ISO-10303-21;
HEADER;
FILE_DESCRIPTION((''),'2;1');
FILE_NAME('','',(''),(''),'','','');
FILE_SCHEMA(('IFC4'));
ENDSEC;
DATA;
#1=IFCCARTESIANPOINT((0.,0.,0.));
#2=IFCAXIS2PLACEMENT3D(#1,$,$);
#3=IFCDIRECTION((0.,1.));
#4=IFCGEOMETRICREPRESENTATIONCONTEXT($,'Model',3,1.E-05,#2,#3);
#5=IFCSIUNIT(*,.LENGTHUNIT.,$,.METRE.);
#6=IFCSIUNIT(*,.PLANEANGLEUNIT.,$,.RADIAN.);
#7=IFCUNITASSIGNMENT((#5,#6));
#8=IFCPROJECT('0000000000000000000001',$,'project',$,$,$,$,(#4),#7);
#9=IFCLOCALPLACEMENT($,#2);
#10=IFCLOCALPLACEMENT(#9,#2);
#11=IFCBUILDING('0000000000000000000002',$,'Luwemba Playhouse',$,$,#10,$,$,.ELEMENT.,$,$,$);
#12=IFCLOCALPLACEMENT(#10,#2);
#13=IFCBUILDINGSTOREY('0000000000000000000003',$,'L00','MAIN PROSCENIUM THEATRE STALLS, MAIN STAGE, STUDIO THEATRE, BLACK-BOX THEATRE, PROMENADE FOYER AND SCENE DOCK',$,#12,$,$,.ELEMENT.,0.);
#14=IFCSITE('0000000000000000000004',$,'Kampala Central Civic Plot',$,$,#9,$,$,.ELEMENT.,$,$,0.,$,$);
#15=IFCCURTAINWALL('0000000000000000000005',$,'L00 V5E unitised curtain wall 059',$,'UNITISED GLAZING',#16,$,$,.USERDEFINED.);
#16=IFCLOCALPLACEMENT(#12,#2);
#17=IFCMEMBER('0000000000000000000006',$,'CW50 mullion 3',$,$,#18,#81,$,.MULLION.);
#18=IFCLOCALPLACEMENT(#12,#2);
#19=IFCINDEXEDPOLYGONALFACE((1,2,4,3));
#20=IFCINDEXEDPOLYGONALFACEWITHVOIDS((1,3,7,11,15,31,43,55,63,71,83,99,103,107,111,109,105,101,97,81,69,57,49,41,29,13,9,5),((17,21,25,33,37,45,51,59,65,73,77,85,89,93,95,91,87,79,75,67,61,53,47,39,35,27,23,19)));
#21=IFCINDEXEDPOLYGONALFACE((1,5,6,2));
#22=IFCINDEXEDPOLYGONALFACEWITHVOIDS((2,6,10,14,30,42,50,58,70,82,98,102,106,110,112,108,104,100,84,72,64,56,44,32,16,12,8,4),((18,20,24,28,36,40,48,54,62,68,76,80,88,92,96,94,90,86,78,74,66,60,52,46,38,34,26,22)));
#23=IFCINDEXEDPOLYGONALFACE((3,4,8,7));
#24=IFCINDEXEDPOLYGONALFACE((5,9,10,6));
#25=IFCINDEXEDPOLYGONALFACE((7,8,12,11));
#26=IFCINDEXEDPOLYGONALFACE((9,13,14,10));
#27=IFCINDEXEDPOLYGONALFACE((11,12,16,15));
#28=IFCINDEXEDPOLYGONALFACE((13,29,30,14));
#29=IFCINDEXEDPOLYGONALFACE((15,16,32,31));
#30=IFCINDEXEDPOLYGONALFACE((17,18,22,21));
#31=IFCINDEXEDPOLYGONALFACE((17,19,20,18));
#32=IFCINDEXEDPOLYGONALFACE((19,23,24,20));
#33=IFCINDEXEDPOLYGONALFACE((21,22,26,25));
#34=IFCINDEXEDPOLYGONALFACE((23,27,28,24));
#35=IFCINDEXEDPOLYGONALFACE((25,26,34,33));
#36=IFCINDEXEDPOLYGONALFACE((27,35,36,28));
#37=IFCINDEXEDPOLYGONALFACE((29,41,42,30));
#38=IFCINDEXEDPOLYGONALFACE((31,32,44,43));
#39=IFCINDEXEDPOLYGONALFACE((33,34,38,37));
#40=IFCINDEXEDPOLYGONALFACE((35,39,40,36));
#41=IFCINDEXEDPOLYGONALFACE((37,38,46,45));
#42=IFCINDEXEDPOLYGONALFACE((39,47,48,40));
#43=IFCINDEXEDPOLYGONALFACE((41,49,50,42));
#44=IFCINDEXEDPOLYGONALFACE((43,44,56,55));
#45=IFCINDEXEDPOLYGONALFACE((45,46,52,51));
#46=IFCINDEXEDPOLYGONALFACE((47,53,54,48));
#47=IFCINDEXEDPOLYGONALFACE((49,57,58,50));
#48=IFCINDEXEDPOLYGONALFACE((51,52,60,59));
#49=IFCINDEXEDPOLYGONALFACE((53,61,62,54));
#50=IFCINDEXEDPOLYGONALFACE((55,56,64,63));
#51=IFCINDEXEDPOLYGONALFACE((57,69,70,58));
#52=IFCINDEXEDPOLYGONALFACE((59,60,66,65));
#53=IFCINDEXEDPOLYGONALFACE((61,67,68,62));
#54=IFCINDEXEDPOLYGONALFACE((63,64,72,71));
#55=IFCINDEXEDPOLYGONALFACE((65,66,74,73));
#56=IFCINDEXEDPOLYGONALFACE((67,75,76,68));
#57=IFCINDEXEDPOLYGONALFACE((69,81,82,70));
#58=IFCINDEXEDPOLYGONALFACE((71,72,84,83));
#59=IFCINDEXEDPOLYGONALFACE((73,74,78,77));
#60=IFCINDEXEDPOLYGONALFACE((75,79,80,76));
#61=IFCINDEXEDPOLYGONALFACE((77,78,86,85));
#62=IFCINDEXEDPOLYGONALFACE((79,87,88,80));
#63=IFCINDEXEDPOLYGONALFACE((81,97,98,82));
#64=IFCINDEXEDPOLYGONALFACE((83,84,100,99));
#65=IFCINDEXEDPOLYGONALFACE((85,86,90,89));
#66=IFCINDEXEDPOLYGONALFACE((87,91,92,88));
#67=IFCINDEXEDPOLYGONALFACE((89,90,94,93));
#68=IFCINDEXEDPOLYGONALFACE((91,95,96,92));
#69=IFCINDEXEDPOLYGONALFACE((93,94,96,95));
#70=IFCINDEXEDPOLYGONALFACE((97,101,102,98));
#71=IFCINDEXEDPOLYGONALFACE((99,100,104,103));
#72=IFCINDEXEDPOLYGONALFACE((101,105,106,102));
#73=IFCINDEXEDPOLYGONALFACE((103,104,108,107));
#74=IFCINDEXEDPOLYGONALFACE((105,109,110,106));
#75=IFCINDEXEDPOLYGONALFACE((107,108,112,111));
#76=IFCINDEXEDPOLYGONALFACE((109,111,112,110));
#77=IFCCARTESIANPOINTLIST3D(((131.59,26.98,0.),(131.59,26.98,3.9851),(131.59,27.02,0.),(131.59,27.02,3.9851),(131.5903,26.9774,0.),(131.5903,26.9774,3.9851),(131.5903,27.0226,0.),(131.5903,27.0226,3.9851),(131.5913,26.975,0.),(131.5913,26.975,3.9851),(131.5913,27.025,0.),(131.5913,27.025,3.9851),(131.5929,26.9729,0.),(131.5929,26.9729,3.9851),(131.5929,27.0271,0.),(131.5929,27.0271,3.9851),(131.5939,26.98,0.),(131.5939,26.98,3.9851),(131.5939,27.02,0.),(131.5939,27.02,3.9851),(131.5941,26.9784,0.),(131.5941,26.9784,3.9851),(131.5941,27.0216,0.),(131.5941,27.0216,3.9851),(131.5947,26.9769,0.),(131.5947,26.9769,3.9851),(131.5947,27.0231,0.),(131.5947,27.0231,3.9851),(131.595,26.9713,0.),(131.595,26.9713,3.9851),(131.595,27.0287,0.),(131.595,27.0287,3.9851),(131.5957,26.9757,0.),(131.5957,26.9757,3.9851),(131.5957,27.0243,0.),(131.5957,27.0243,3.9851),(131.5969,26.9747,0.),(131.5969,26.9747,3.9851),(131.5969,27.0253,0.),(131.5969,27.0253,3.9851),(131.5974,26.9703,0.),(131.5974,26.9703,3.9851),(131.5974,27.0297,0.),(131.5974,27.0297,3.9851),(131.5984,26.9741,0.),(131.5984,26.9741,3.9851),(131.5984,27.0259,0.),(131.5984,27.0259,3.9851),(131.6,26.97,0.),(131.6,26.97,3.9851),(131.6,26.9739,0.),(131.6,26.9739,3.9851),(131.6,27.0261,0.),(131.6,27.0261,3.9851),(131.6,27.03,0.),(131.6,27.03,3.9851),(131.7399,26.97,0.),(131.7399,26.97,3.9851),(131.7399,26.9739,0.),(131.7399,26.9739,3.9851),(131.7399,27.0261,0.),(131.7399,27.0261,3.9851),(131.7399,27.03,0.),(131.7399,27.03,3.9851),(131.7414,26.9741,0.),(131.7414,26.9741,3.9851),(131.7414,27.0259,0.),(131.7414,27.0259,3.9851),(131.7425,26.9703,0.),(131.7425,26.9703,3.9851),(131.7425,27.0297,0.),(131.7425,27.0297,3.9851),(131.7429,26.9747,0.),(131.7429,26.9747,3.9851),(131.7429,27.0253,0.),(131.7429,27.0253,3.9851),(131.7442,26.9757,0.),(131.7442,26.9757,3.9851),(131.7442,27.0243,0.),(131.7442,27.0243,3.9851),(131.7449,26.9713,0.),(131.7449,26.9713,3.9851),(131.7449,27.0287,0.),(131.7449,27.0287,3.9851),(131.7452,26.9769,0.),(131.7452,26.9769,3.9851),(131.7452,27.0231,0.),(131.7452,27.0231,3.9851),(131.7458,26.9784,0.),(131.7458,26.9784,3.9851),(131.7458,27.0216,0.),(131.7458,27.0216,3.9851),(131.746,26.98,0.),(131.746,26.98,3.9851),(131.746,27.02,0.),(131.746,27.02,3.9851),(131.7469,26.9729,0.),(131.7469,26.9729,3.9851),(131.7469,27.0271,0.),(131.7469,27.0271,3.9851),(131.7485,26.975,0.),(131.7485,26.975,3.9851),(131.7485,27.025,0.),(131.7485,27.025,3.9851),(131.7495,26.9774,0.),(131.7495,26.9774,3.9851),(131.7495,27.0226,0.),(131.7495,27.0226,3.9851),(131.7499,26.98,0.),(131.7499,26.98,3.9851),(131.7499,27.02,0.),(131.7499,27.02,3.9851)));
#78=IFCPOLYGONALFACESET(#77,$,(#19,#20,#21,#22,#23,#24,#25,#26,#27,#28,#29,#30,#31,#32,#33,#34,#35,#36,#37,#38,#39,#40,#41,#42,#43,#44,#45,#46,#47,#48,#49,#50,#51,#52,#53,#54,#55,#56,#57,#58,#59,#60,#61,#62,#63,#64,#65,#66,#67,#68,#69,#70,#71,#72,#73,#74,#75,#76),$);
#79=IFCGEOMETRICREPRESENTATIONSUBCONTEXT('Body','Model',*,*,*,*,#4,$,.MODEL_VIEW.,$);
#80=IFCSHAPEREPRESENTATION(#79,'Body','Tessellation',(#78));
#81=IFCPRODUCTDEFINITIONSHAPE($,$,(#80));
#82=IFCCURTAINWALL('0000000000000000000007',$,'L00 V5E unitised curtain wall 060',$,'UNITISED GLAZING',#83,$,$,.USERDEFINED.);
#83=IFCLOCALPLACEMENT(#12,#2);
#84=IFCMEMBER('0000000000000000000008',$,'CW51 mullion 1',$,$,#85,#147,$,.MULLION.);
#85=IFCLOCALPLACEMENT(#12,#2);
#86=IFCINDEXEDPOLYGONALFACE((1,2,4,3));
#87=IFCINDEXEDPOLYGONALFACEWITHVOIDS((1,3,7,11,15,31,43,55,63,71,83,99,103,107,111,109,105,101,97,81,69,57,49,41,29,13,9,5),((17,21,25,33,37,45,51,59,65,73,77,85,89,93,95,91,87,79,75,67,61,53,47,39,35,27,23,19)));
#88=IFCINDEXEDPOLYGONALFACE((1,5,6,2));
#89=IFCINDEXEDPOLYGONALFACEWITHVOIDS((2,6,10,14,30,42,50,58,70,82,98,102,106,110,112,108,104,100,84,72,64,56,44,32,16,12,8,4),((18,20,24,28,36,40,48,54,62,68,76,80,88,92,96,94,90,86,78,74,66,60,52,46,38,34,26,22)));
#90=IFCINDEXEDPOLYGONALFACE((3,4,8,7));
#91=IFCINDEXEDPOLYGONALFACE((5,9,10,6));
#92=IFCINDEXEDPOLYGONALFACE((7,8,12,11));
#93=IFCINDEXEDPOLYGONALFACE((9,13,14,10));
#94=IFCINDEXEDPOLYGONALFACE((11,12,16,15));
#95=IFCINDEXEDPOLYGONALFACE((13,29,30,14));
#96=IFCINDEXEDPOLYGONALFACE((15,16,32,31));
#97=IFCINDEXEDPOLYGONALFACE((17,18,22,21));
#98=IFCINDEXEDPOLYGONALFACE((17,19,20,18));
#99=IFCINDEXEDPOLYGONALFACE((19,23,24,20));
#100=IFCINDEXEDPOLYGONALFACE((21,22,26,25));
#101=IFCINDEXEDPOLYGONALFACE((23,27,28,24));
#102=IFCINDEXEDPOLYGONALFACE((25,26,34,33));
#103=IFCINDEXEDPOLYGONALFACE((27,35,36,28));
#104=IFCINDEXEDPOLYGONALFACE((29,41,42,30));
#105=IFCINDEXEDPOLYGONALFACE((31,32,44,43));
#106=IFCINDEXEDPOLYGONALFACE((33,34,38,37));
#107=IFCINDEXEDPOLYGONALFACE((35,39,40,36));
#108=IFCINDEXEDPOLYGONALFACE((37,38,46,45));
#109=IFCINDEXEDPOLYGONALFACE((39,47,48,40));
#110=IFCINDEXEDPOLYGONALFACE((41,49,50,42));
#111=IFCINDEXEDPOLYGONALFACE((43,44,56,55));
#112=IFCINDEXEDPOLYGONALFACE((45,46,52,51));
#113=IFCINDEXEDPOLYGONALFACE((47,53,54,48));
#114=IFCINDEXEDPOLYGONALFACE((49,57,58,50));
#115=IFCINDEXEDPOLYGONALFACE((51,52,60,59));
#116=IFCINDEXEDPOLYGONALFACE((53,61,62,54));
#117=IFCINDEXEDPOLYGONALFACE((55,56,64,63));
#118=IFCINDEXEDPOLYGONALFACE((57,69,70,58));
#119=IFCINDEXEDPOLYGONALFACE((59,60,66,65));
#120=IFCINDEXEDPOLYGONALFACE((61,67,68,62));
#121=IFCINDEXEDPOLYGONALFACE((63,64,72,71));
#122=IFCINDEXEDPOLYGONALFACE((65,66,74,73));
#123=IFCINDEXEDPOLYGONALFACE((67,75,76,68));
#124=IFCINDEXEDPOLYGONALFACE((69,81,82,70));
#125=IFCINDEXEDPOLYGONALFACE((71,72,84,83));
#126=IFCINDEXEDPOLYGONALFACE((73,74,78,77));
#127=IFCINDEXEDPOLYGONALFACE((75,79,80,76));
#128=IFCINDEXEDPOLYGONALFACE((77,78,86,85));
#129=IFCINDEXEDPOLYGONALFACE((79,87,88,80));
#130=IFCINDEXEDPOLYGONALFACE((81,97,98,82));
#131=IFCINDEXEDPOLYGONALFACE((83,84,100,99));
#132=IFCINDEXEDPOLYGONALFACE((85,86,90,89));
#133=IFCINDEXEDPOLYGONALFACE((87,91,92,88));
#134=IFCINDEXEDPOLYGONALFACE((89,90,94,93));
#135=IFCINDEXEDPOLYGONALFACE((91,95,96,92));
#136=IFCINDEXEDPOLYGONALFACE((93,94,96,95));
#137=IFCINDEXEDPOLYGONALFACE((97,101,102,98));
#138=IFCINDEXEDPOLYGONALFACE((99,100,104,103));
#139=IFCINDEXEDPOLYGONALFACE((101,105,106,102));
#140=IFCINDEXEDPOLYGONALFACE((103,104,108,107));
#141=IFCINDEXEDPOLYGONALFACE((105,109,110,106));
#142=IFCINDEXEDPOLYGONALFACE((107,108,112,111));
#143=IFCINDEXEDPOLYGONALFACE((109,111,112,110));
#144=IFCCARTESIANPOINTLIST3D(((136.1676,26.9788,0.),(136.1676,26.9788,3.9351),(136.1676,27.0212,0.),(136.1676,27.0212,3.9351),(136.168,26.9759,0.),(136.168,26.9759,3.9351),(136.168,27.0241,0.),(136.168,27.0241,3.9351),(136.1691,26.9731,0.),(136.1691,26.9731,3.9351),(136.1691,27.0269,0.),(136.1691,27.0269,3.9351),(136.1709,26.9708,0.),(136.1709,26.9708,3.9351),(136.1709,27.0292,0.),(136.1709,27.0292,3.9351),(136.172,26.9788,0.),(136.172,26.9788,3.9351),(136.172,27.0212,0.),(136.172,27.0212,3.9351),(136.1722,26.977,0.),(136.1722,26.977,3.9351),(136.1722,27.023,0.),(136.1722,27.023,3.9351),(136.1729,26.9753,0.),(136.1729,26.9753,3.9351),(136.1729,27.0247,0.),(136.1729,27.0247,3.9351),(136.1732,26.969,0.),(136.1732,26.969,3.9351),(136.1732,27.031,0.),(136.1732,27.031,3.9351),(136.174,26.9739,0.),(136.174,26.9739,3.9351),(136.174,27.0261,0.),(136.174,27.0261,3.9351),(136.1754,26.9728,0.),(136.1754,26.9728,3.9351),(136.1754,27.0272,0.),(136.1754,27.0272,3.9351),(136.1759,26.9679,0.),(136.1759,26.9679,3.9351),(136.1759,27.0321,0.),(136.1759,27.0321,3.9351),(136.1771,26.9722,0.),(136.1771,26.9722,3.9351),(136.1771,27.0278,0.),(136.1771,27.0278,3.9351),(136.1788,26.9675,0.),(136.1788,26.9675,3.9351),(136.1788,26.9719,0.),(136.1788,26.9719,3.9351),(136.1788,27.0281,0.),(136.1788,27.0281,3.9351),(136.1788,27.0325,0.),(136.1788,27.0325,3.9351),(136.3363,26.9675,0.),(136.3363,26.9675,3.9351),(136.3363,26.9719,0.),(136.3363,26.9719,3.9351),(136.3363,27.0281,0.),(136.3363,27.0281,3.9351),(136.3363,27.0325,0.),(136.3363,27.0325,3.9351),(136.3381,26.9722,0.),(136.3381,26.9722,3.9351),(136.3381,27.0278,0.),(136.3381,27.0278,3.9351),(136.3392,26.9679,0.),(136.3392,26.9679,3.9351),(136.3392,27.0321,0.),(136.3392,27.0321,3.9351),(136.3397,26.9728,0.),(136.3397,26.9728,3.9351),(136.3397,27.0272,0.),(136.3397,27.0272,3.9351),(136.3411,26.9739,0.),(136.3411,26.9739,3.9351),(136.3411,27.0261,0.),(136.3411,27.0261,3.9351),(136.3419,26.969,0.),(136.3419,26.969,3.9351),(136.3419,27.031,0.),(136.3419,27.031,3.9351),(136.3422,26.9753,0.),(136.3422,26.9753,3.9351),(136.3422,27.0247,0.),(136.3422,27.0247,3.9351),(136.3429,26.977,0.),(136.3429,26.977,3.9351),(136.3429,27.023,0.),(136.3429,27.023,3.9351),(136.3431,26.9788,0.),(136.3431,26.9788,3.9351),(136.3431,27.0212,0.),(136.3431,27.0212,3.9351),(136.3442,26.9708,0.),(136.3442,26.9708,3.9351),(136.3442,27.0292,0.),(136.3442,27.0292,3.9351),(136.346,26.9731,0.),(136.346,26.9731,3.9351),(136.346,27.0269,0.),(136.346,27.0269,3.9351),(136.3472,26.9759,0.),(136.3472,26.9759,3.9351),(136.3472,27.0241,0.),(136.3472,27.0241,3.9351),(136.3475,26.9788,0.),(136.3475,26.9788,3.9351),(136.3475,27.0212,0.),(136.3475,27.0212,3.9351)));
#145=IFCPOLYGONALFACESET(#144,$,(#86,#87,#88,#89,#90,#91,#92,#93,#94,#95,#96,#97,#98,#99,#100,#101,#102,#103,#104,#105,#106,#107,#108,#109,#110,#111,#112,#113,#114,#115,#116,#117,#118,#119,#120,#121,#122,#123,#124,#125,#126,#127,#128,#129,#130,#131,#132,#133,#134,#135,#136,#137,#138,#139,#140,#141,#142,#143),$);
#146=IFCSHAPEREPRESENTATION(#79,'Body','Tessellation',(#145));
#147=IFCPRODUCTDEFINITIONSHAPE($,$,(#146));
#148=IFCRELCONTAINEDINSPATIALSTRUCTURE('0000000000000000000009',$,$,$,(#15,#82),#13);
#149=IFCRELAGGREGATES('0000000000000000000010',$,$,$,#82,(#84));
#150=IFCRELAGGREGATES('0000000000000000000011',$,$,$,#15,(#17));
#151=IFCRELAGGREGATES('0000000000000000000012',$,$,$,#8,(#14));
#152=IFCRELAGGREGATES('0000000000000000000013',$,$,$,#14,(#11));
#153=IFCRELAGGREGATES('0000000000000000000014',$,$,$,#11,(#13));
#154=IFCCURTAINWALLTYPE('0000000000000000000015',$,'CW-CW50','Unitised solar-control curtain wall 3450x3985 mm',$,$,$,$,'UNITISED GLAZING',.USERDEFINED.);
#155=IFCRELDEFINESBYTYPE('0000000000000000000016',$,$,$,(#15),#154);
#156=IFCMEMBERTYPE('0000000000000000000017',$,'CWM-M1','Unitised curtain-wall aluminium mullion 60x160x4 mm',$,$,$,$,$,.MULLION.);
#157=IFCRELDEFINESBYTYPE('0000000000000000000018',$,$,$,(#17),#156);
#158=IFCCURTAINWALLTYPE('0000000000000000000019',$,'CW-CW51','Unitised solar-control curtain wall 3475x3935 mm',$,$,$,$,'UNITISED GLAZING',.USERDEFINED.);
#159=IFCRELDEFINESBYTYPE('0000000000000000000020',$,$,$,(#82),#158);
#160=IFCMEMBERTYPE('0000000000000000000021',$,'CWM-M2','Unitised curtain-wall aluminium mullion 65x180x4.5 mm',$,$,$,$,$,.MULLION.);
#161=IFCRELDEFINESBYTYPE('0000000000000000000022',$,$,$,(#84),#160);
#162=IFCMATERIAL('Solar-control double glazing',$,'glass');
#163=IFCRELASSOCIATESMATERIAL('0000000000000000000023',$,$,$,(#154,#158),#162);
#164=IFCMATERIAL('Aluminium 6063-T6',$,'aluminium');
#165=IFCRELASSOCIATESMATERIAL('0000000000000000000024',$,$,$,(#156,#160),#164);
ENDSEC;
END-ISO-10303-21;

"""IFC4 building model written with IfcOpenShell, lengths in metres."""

from ifc_helpers import new_model, si_unit, direction, frame, origin, origin_2d, place, context, subcontext, project, spatial, hollow_rectangle, extrude, material, material_profile, profile_set, type_object, element, aggregate, save


model = new_model("IFC4")

# Units and contexts
model_context = context("Model", 3, precision=1e-05, world=origin(), true_north=direction((0.0, 1.0)))
body_context = subcontext(model_context, "Body", "Model", "MODEL_VIEW")
ifc_project = project(units=[si_unit("LENGTHUNIT", "METRE"), si_unit("PLANEANGLEUNIT", "RADIAN")], contexts=[model_context])

# Site, building, storey
site_placement = place(None, origin())
site = spatial("IfcSite", under=ifc_project, at=site_placement, Name="Kampala Central Civic Plot", CompositionType="ELEMENT", RefElevation=0.0)
building_placement = place(site_placement, origin())
building = spatial("IfcBuilding", under=site, at=building_placement, Name="Luwemba Playhouse", CompositionType="ELEMENT")
storey_placement = place(building_placement, origin())
storey = spatial("IfcBuildingStorey", under=building, at=storey_placement, Name="L00", Description="MAIN PROSCENIUM THEATRE STALLS, MAIN STAGE, STUDIO THEATRE, BLACK-BOX THEATRE, PROMENADE FOYER AND SCENE DOCK", CompositionType="ELEMENT", Elevation=0.0)

# Curtain wall, member
ifc_material_1 = material(Name="Solar-control double glazing", Category="glass")
curtain_wall_type_1 = type_object("IfcCurtainWallType", Name="CW-CW50", Description="Unitised solar-control curtain wall 3450x3985 mm", ElementType="UNITISED GLAZING", PredefinedType="USERDEFINED", material=ifc_material_1)
curtain_wall_1_placement = place(storey_placement, origin())
curtain_wall_1 = element("IfcCurtainWall", 1, at=curtain_wall_1_placement, inside=storey, type_object=curtain_wall_type_1, Name="L00 V5E unitised curtain wall 059", ObjectType="UNITISED GLAZING", PredefinedType="USERDEFINED")
ifc_material_2 = material(Name="Aluminium 6063-T6", Category="aluminium")
ifc_material_profile_1 = material_profile(ifc_material_2, hollow_rectangle(XDim=0.0601, YDim=0.1599, WallThickness=0.0039, InnerFilletRadius=0.0061, OuterFilletRadius=0.01, at=origin_2d()))
ifc_profile_set_1 = profile_set([ifc_material_profile_1], Name="Aluminium 6063-T6")
member_type_1 = type_object("IfcMemberType", Name="CWM-M1", Description="Unitised curtain-wall aluminium mullion 60x160x4 mm", PredefinedType="MULLION", material=ifc_profile_set_1)
member_1_placement = place(storey_placement, frame((131.6699, 27.0, 0.0), z_axis=(0.0, 0.0, 1.0), x_axis=(0.0, 1.0, 0.0)))
member_1 = element("IfcMember", 2, at=member_1_placement, type_object=member_type_1, Name="CW50 mullion 3", PredefinedType="MULLION", context=body_context, shape_type="SweptSolid", body=[
    extrude(hollow_rectangle(XDim=0.0601, YDim=0.1599, WallThickness=0.0039, InnerFilletRadius=0.0061, OuterFilletRadius=0.01, at=origin_2d()), origin(), (0.0, 0.0, 1.0), 3.9851),
])

# Curtain wall, member
curtain_wall_type_2 = type_object("IfcCurtainWallType", Name="CW-CW51", Description="Unitised solar-control curtain wall 3475x3935 mm", ElementType="UNITISED GLAZING", PredefinedType="USERDEFINED", material=ifc_material_1)
curtain_wall_2_placement = place(storey_placement, origin())
curtain_wall_2 = element("IfcCurtainWall", 3, at=curtain_wall_2_placement, inside=storey, type_object=curtain_wall_type_2, Name="L00 V5E unitised curtain wall 060", ObjectType="UNITISED GLAZING", PredefinedType="USERDEFINED")
ifc_material_profile_2 = material_profile(ifc_material_2, hollow_rectangle(XDim=0.0649, YDim=0.1799, WallThickness=0.0044, InnerFilletRadius=0.0068, OuterFilletRadius=0.0112, at=origin_2d()))
ifc_profile_set_2 = profile_set([ifc_material_profile_2], Name="Aluminium 6063-T6")
member_type_2 = type_object("IfcMemberType", Name="CWM-M2", Description="Unitised curtain-wall aluminium mullion 65x180x4.5 mm", PredefinedType="MULLION", material=ifc_profile_set_2)
member_2_placement = place(storey_placement, frame((136.2576, 27.0, 0.0), z_axis=(0.0, 0.0, 1.0), x_axis=(0.0, 1.0, 0.0)))
member_2 = element("IfcMember", 4, at=member_2_placement, type_object=member_type_2, Name="CW51 mullion 1", PredefinedType="MULLION", context=body_context, shape_type="SweptSolid", body=[
    extrude(hollow_rectangle(XDim=0.0649, YDim=0.1799, WallThickness=0.0044, InnerFilletRadius=0.0068, OuterFilletRadius=0.0112, at=origin_2d()), origin(), (0.0, 0.0, 1.0), 3.9351),
])

aggregate(curtain_wall_2, [member_2])

aggregate(curtain_wall_1, [member_1])

save(model, "model.ifc")
